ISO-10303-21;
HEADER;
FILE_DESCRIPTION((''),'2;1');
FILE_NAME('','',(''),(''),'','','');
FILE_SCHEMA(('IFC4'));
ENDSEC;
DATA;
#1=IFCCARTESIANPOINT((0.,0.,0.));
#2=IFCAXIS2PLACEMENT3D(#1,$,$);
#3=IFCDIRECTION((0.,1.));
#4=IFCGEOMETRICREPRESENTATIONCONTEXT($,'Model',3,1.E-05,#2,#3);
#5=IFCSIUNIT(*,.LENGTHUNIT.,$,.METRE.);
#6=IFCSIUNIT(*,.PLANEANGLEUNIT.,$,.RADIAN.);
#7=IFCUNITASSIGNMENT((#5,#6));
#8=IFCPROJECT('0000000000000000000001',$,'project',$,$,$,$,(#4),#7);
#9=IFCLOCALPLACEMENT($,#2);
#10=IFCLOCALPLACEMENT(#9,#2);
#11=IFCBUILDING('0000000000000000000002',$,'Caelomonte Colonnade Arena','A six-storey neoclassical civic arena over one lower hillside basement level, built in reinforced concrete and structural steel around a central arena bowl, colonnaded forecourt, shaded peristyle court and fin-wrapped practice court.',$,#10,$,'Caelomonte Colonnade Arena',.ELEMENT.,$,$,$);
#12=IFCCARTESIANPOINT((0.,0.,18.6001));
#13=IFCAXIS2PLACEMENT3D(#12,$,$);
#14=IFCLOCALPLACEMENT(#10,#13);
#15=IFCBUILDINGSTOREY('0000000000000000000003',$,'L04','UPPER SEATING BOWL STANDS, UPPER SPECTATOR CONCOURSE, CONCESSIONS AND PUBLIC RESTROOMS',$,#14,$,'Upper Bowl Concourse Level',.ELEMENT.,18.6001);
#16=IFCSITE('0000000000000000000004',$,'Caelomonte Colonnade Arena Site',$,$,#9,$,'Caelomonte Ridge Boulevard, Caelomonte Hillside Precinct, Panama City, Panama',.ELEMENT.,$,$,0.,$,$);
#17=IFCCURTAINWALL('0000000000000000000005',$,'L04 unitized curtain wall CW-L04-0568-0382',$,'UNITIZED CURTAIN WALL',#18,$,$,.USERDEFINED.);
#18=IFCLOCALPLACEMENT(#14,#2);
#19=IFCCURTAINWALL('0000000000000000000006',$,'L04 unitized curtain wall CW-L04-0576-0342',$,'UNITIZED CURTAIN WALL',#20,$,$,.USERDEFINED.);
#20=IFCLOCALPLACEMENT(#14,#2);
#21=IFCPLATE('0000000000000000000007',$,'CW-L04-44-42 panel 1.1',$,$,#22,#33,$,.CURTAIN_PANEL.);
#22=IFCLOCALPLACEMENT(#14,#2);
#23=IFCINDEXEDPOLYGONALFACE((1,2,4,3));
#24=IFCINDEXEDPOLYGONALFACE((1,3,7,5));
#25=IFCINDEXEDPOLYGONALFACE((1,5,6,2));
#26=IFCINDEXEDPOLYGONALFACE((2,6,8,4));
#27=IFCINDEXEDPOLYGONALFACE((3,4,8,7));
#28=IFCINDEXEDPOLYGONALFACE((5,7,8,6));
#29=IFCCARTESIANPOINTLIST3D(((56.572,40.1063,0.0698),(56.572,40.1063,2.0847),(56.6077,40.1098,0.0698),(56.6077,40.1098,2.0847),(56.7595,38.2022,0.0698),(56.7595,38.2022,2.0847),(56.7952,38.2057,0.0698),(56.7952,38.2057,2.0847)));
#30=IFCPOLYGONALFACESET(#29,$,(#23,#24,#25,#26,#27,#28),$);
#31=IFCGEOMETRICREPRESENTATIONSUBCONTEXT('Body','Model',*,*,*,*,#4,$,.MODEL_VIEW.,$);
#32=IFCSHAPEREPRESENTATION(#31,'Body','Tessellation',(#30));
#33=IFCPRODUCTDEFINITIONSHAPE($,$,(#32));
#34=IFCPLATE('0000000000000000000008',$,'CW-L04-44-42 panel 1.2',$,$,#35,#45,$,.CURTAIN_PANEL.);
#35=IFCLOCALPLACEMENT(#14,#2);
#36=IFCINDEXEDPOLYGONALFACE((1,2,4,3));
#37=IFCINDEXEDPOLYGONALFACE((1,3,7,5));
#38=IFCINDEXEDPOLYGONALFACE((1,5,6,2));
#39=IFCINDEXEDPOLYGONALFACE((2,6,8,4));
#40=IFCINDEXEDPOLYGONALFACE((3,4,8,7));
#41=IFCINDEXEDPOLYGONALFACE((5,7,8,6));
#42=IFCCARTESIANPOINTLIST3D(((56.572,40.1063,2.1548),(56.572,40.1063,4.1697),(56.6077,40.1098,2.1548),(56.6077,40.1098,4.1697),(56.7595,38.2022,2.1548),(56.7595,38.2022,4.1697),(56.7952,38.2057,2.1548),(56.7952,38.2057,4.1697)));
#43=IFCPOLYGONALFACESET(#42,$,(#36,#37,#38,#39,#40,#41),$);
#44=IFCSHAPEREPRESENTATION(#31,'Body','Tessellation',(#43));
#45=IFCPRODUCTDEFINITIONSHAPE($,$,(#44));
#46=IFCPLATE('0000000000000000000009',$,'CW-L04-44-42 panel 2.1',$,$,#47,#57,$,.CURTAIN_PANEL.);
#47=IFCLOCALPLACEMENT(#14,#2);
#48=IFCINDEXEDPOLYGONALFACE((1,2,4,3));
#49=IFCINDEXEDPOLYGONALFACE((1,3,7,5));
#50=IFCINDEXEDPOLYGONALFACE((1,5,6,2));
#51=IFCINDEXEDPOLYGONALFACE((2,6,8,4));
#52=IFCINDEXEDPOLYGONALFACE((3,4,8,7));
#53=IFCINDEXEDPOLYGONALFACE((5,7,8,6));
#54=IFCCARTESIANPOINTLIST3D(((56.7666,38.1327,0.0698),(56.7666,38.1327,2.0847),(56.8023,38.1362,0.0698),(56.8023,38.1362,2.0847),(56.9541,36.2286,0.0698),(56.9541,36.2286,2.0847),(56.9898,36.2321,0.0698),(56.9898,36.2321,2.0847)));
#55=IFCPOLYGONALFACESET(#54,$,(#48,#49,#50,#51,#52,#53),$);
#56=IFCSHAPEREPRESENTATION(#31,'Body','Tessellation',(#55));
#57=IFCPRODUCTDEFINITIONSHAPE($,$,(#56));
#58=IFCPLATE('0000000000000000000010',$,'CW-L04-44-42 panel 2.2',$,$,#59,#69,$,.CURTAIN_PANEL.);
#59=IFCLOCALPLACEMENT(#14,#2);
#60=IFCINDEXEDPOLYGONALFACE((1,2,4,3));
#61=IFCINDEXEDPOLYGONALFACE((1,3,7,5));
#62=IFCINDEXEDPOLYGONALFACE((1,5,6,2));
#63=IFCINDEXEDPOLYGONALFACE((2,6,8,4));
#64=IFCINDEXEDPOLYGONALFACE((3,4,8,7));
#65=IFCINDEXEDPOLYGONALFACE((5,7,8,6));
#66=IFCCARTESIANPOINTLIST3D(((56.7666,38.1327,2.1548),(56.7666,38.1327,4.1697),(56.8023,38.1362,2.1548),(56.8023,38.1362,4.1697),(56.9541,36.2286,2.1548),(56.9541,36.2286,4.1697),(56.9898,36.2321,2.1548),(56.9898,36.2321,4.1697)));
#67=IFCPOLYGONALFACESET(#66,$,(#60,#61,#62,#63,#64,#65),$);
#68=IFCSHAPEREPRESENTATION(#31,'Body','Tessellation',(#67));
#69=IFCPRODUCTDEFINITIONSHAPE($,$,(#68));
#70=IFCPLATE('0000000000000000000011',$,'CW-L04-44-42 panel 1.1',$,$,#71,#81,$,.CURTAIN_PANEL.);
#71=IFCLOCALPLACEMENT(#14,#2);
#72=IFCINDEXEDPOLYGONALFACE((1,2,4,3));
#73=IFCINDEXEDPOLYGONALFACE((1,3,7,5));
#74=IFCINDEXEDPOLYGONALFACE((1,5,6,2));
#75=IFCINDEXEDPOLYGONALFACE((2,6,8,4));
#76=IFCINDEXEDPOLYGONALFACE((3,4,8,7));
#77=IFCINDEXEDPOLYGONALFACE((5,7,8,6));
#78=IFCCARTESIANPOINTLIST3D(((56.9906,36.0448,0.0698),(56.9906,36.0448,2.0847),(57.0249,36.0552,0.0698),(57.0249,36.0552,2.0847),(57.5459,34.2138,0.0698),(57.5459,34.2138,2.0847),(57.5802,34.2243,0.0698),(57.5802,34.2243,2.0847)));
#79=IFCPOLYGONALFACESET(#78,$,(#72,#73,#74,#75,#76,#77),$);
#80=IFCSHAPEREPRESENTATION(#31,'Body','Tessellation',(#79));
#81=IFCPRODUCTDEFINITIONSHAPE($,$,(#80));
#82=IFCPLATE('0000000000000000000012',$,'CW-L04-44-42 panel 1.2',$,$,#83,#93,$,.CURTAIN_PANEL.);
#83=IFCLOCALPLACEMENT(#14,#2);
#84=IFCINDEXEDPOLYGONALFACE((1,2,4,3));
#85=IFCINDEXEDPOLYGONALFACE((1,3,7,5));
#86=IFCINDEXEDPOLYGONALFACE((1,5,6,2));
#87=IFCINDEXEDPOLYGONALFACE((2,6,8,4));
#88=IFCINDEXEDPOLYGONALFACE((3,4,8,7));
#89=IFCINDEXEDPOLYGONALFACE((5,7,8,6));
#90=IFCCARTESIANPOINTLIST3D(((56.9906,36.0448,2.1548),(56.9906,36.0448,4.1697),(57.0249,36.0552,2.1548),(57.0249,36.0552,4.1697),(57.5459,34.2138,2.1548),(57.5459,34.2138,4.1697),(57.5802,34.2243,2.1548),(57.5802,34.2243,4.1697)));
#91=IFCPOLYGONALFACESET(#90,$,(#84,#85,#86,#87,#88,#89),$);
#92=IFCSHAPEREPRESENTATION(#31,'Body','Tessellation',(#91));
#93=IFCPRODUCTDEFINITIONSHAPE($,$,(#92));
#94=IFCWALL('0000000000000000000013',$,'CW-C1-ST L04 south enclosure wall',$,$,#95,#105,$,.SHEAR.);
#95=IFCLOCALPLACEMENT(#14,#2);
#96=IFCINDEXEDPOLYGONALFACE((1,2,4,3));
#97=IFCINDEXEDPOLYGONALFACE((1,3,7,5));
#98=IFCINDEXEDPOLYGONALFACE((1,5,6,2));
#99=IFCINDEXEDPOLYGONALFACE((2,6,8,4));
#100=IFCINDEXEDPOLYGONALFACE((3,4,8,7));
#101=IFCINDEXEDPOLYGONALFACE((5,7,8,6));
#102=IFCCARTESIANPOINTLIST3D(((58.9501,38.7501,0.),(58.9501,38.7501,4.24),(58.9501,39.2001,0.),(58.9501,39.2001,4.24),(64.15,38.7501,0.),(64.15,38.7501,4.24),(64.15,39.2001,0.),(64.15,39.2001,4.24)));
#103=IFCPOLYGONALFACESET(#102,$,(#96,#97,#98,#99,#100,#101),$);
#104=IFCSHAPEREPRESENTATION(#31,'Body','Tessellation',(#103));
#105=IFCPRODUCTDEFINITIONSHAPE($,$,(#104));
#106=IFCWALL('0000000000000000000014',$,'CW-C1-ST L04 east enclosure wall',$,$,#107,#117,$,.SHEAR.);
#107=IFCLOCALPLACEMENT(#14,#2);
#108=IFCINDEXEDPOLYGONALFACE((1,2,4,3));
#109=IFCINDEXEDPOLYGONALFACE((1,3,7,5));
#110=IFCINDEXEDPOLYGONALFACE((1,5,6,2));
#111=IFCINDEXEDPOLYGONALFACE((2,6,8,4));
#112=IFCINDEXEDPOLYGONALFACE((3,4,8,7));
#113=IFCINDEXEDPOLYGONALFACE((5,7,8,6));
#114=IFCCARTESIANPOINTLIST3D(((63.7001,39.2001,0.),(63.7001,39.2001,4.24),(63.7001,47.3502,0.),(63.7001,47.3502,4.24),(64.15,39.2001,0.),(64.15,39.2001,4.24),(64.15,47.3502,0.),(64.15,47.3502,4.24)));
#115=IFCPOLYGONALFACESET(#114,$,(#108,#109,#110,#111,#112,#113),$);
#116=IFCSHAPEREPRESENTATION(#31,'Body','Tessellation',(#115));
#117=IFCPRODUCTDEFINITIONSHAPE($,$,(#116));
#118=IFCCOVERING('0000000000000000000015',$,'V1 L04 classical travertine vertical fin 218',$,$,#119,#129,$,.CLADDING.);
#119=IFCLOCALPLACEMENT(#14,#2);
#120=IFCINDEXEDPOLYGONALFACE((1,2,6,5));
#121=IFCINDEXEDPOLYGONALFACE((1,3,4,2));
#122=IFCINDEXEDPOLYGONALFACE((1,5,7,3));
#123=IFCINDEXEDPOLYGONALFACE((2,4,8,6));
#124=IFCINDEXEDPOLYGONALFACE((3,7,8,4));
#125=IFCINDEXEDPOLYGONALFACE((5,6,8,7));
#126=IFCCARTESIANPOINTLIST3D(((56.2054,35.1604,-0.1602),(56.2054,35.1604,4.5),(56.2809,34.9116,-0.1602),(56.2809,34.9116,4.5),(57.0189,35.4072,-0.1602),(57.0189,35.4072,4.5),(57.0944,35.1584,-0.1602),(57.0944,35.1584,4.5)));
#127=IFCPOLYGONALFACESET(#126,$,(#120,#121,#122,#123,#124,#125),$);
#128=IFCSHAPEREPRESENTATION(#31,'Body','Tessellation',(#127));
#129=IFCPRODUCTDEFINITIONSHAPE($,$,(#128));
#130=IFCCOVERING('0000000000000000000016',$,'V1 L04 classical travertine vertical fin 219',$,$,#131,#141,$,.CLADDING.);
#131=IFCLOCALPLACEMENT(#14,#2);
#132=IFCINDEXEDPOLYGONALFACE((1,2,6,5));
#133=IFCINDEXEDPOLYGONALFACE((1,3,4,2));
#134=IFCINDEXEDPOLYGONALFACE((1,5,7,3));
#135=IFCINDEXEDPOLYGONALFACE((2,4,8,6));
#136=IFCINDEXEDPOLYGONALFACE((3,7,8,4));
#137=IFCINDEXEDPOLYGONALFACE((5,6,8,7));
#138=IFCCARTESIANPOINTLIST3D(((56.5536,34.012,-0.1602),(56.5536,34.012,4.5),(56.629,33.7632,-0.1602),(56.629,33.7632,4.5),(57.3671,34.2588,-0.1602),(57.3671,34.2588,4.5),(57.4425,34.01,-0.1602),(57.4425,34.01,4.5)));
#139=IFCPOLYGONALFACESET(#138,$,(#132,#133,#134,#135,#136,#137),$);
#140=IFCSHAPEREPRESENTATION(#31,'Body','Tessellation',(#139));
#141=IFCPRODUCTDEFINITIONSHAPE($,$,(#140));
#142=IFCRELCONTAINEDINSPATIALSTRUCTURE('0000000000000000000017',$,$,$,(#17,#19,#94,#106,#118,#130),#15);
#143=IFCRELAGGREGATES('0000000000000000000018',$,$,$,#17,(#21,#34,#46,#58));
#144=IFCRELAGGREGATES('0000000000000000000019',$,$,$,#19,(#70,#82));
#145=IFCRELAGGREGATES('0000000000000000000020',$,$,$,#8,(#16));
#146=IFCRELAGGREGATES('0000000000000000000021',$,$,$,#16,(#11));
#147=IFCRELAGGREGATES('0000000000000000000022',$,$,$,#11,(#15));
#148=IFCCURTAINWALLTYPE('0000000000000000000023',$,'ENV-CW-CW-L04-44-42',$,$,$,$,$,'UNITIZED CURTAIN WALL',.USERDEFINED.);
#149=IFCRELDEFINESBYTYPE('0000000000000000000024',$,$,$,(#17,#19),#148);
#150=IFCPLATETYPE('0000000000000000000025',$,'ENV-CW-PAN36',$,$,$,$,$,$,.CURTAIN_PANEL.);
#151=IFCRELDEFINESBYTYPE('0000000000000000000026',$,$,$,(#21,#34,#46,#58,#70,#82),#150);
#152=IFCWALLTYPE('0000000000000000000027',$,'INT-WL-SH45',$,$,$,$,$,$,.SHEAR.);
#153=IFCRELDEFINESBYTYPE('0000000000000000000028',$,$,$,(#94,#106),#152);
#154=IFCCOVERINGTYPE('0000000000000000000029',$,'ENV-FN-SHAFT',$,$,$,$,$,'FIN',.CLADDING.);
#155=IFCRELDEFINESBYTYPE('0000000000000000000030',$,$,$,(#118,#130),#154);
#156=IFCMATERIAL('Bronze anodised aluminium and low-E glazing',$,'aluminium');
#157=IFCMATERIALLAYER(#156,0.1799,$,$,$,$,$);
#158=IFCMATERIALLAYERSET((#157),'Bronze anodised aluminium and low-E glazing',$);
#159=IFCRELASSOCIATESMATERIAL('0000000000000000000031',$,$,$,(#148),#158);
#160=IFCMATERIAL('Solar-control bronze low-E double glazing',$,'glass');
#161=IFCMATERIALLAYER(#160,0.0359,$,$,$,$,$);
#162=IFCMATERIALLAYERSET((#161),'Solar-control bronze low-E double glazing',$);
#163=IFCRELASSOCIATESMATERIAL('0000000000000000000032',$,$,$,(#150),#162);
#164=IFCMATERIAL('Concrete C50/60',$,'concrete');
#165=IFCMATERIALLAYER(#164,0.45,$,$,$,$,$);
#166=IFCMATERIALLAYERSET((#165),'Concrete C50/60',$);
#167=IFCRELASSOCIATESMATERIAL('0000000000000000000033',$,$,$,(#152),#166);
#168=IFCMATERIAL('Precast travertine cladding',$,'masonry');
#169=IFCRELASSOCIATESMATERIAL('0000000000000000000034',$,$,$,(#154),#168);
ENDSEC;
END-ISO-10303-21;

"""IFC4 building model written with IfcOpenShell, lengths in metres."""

from ifc_helpers import new_model, si_unit, direction, frame, frame_2d, origin, origin_2d, place, context, subcontext, project, spatial, rectangle, extrude, material, layer, layer_set, material_profile, profile_set, type_object, element, aggregate, save


model = new_model("IFC4")

# Units and contexts
model_context = context("Model", 3, precision=1e-05, world=origin(), true_north=direction((0.0, 1.0)))
body_context = subcontext(model_context, "Body", "Model", "MODEL_VIEW")
ifc_project = project(units=[si_unit("LENGTHUNIT", "METRE"), si_unit("PLANEANGLEUNIT", "RADIAN")], contexts=[model_context])

# Site, building, storey
site_placement = place(None, origin())
site = spatial("IfcSite", under=ifc_project, at=site_placement, Name="Caelomonte Colonnade Arena Site", LongName="Caelomonte Ridge Boulevard, Caelomonte Hillside Precinct, Panama City, Panama", CompositionType="ELEMENT", RefElevation=0.0)
building_placement = place(site_placement, origin())
building = spatial("IfcBuilding", under=site, at=building_placement, Name="Caelomonte Colonnade Arena", Description="A six-storey neoclassical civic arena over one lower hillside basement level, built in reinforced concrete and structural steel around a central arena bowl, colonnaded forecourt, shaded peristyle court and fin-wrapped practice court.", LongName="Caelomonte Colonnade Arena", CompositionType="ELEMENT")
storey_placement = place(building_placement, frame((0.0, 0.0, 18.6001)))
storey = spatial("IfcBuildingStorey", under=building, at=storey_placement, Name="L04", Description="UPPER SEATING BOWL STANDS, UPPER SPECTATOR CONCOURSE, CONCESSIONS AND PUBLIC RESTROOMS", LongName="Upper Bowl Concourse Level", CompositionType="ELEMENT", Elevation=18.6001)

# Curtain walls
ifc_material_1 = material(Name="Bronze anodised aluminium and low-E glazing", Category="aluminium")
ifc_layer_1 = layer(ifc_material_1, 0.1799)
ifc_layer_set_1 = layer_set([ifc_layer_1], Name="Bronze anodised aluminium and low-E glazing")
curtain_wall_type = type_object("IfcCurtainWallType", Name="ENV-CW-CW-L04-44-42", ElementType="UNITIZED CURTAIN WALL", PredefinedType="USERDEFINED", material=ifc_layer_set_1)
curtain_wall_1_placement = place(storey_placement, origin())
curtain_wall_1 = element("IfcCurtainWall", 1, at=curtain_wall_1_placement, inside=storey, type_object=curtain_wall_type, Name="L04 unitized curtain wall CW-L04-0568-0382", ObjectType="UNITIZED CURTAIN WALL", PredefinedType="USERDEFINED")
curtain_wall_2_placement = place(storey_placement, origin())
curtain_wall_2 = element("IfcCurtainWall", 2, at=curtain_wall_2_placement, inside=storey, type_object=curtain_wall_type, Name="L04 unitized curtain wall CW-L04-0576-0342", ObjectType="UNITIZED CURTAIN WALL", PredefinedType="USERDEFINED")

# Plates
ifc_material_2 = material(Name="Solar-control bronze low-E double glazing", Category="glass")
ifc_layer_2 = layer(ifc_material_2, 0.0359)
ifc_layer_set_2 = layer_set([ifc_layer_2], Name="Solar-control bronze low-E double glazing")
plate_type = type_object("IfcPlateType", Name="ENV-CW-PAN36", PredefinedType="CURTAIN_PANEL", material=ifc_layer_set_2)
plate_1_placement = place(storey_placement, frame((56.6836, 39.156, 0.0698), z_axis=(0.0, 0.0, 1.0), x_axis=(0.098002, -0.995186, 0.0)))
plate_1 = element("IfcPlate", 3, at=plate_1_placement, type_object=plate_type, Name="CW-L04-44-42 panel 1.1", PredefinedType="CURTAIN_PANEL", context=body_context, shape_type="SweptSolid", body=[
    extrude(rectangle(XDim=1.9133, YDim=0.0359, at=origin_2d()), origin(), (0.0, 0.0, 1.0), 2.0149),
])
plate_2_placement = place(storey_placement, frame((56.6836, 39.156, 2.1548), z_axis=(0.0, 0.0, 1.0), x_axis=(0.098002, -0.995186, 0.0)))
plate_2 = element("IfcPlate", 4, at=plate_2_placement, type_object=plate_type, Name="CW-L04-44-42 panel 1.2", PredefinedType="CURTAIN_PANEL", context=body_context, shape_type="SweptSolid", body=[
    extrude(rectangle(XDim=1.9133, YDim=0.0359, at=origin_2d()), origin(), (0.0, 0.0, 1.0), 2.0149),
])
plate_3_placement = place(storey_placement, frame((56.8782, 37.1824, 0.0698), z_axis=(0.0, 0.0, 1.0), x_axis=(0.098002, -0.995186, 0.0)))
plate_3 = element("IfcPlate", 5, at=plate_3_placement, type_object=plate_type, Name="CW-L04-44-42 panel 2.1", PredefinedType="CURTAIN_PANEL", context=body_context, shape_type="SweptSolid", body=[
    extrude(rectangle(XDim=1.9133, YDim=0.0359, at=origin_2d()), origin(), (0.0, 0.0, 1.0), 2.0149),
])
plate_4_placement = place(storey_placement, frame((56.8782, 37.1824, 2.1548), z_axis=(0.0, 0.0, 1.0), x_axis=(0.098002, -0.995186, 0.0)))
plate_4 = element("IfcPlate", 6, at=plate_4_placement, type_object=plate_type, Name="CW-L04-44-42 panel 2.2", PredefinedType="CURTAIN_PANEL", context=body_context, shape_type="SweptSolid", body=[
    extrude(rectangle(XDim=1.9133, YDim=0.0359, at=origin_2d()), origin(), (0.0, 0.0, 1.0), 2.0149),
])
aggregate(curtain_wall_1, [plate_1, plate_2, plate_3, plate_4])
plate_5_placement = place(storey_placement, frame((57.2854, 35.1345, 0.0698), z_axis=(0.0, 0.0, 1.0), x_axis=(0.290256, -0.956949, 0.0)))
plate_5 = element("IfcPlate", 7, at=plate_5_placement, type_object=plate_type, Name="CW-L04-44-42 panel 1.1", PredefinedType="CURTAIN_PANEL", context=body_context, shape_type="SweptSolid", body=[
    extrude(rectangle(XDim=1.9133, YDim=0.0359, at=origin_2d()), origin(), (0.0, 0.0, 1.0), 2.0149),
])
plate_6_placement = place(storey_placement, frame((57.2854, 35.1345, 2.1548), z_axis=(0.0, 0.0, 1.0), x_axis=(0.290256, -0.956949, 0.0)))
plate_6 = element("IfcPlate", 8, at=plate_6_placement, type_object=plate_type, Name="CW-L04-44-42 panel 1.2", PredefinedType="CURTAIN_PANEL", context=body_context, shape_type="SweptSolid", body=[
    extrude(rectangle(XDim=1.9133, YDim=0.0359, at=origin_2d()), origin(), (0.0, 0.0, 1.0), 2.0149),
])
aggregate(curtain_wall_2, [plate_5, plate_6])

# Walls
ifc_material_3 = material(Name="Concrete C50/60", Category="concrete")
ifc_layer_3 = layer(ifc_material_3, 0.45)
ifc_layer_set_3 = layer_set([ifc_layer_3], Name="Concrete C50/60")
wall_type = type_object("IfcWallType", Name="INT-WL-SH45", PredefinedType="SHEAR", material=ifc_layer_set_3)
wall_1_placement = place(storey_placement, frame((58.95, 38.9751, 0.0), z_axis=(0.0, 0.0, 1.0), x_axis=(1.0, 0.0, 0.0)))
element("IfcWall", 9, at=wall_1_placement, inside=storey, type_object=wall_type, Name="CW-C1-ST L04 south enclosure wall", PredefinedType="SHEAR", context=body_context, shape_type="SweptSolid", body=[
    extrude(rectangle(XDim=5.2, YDim=0.45, at=frame_2d((2.6001, 0.0))), origin(), (0.0, 0.0, 1.0), 4.24),
])
wall_2_placement = place(storey_placement, frame((63.925, 39.2, 0.0), z_axis=(0.0, 0.0, 1.0), x_axis=(0.0, 1.0, 0.0)))
element("IfcWall", 10, at=wall_2_placement, inside=storey, type_object=wall_type, Name="CW-C1-ST L04 east enclosure wall", PredefinedType="SHEAR", context=body_context, shape_type="SweptSolid", body=[
    extrude(rectangle(XDim=8.1501, YDim=0.45, at=frame_2d((4.0752, 0.0))), origin(), (0.0, 0.0, 1.0), 4.24),
])

# Coverings
ifc_material_4 = material(Name="Precast travertine cladding", Category="masonry")
ifc_material_profile_1 = material_profile(ifc_material_4, rectangle(XDim=0.26, YDim=0.8501, at=origin_2d()), Name="FIN260X850")
ifc_profile_set_1 = profile_set([ifc_material_profile_1], Name="Precast travertine cladding")
covering_type = type_object("IfcCoveringType", Name="ENV-FN-SHAFT", ElementType="FIN", PredefinedType="CLADDING", material=ifc_profile_set_1)
for number, where, z_axis, x_axis, name in (
    (11, (56.6499, 35.1594, -0.1602), (0.0, 0.0, 1.0), (-0.290276, 0.956943, 0.0), "V1 L04 classical travertine vertical fin 218"),
    (12, (56.998, 34.011, -0.1602), (0.0, 0.0, 1.0), (-0.290276, 0.956943, 0.0), "V1 L04 classical travertine vertical fin 219"),
):
    element("IfcCovering", number, at=place(storey_placement, frame(where, z_axis=z_axis, x_axis=x_axis)), inside=storey, type_object=covering_type, Name=name, PredefinedType="CLADDING", context=body_context, shape_type="SweptSolid", body=[
        extrude(rectangle(XDim=0.26, YDim=0.8501, at=origin_2d()), origin(), (0.0, 0.0, 1.0), 4.6602),
    ])

save(model, "model.ifc")
